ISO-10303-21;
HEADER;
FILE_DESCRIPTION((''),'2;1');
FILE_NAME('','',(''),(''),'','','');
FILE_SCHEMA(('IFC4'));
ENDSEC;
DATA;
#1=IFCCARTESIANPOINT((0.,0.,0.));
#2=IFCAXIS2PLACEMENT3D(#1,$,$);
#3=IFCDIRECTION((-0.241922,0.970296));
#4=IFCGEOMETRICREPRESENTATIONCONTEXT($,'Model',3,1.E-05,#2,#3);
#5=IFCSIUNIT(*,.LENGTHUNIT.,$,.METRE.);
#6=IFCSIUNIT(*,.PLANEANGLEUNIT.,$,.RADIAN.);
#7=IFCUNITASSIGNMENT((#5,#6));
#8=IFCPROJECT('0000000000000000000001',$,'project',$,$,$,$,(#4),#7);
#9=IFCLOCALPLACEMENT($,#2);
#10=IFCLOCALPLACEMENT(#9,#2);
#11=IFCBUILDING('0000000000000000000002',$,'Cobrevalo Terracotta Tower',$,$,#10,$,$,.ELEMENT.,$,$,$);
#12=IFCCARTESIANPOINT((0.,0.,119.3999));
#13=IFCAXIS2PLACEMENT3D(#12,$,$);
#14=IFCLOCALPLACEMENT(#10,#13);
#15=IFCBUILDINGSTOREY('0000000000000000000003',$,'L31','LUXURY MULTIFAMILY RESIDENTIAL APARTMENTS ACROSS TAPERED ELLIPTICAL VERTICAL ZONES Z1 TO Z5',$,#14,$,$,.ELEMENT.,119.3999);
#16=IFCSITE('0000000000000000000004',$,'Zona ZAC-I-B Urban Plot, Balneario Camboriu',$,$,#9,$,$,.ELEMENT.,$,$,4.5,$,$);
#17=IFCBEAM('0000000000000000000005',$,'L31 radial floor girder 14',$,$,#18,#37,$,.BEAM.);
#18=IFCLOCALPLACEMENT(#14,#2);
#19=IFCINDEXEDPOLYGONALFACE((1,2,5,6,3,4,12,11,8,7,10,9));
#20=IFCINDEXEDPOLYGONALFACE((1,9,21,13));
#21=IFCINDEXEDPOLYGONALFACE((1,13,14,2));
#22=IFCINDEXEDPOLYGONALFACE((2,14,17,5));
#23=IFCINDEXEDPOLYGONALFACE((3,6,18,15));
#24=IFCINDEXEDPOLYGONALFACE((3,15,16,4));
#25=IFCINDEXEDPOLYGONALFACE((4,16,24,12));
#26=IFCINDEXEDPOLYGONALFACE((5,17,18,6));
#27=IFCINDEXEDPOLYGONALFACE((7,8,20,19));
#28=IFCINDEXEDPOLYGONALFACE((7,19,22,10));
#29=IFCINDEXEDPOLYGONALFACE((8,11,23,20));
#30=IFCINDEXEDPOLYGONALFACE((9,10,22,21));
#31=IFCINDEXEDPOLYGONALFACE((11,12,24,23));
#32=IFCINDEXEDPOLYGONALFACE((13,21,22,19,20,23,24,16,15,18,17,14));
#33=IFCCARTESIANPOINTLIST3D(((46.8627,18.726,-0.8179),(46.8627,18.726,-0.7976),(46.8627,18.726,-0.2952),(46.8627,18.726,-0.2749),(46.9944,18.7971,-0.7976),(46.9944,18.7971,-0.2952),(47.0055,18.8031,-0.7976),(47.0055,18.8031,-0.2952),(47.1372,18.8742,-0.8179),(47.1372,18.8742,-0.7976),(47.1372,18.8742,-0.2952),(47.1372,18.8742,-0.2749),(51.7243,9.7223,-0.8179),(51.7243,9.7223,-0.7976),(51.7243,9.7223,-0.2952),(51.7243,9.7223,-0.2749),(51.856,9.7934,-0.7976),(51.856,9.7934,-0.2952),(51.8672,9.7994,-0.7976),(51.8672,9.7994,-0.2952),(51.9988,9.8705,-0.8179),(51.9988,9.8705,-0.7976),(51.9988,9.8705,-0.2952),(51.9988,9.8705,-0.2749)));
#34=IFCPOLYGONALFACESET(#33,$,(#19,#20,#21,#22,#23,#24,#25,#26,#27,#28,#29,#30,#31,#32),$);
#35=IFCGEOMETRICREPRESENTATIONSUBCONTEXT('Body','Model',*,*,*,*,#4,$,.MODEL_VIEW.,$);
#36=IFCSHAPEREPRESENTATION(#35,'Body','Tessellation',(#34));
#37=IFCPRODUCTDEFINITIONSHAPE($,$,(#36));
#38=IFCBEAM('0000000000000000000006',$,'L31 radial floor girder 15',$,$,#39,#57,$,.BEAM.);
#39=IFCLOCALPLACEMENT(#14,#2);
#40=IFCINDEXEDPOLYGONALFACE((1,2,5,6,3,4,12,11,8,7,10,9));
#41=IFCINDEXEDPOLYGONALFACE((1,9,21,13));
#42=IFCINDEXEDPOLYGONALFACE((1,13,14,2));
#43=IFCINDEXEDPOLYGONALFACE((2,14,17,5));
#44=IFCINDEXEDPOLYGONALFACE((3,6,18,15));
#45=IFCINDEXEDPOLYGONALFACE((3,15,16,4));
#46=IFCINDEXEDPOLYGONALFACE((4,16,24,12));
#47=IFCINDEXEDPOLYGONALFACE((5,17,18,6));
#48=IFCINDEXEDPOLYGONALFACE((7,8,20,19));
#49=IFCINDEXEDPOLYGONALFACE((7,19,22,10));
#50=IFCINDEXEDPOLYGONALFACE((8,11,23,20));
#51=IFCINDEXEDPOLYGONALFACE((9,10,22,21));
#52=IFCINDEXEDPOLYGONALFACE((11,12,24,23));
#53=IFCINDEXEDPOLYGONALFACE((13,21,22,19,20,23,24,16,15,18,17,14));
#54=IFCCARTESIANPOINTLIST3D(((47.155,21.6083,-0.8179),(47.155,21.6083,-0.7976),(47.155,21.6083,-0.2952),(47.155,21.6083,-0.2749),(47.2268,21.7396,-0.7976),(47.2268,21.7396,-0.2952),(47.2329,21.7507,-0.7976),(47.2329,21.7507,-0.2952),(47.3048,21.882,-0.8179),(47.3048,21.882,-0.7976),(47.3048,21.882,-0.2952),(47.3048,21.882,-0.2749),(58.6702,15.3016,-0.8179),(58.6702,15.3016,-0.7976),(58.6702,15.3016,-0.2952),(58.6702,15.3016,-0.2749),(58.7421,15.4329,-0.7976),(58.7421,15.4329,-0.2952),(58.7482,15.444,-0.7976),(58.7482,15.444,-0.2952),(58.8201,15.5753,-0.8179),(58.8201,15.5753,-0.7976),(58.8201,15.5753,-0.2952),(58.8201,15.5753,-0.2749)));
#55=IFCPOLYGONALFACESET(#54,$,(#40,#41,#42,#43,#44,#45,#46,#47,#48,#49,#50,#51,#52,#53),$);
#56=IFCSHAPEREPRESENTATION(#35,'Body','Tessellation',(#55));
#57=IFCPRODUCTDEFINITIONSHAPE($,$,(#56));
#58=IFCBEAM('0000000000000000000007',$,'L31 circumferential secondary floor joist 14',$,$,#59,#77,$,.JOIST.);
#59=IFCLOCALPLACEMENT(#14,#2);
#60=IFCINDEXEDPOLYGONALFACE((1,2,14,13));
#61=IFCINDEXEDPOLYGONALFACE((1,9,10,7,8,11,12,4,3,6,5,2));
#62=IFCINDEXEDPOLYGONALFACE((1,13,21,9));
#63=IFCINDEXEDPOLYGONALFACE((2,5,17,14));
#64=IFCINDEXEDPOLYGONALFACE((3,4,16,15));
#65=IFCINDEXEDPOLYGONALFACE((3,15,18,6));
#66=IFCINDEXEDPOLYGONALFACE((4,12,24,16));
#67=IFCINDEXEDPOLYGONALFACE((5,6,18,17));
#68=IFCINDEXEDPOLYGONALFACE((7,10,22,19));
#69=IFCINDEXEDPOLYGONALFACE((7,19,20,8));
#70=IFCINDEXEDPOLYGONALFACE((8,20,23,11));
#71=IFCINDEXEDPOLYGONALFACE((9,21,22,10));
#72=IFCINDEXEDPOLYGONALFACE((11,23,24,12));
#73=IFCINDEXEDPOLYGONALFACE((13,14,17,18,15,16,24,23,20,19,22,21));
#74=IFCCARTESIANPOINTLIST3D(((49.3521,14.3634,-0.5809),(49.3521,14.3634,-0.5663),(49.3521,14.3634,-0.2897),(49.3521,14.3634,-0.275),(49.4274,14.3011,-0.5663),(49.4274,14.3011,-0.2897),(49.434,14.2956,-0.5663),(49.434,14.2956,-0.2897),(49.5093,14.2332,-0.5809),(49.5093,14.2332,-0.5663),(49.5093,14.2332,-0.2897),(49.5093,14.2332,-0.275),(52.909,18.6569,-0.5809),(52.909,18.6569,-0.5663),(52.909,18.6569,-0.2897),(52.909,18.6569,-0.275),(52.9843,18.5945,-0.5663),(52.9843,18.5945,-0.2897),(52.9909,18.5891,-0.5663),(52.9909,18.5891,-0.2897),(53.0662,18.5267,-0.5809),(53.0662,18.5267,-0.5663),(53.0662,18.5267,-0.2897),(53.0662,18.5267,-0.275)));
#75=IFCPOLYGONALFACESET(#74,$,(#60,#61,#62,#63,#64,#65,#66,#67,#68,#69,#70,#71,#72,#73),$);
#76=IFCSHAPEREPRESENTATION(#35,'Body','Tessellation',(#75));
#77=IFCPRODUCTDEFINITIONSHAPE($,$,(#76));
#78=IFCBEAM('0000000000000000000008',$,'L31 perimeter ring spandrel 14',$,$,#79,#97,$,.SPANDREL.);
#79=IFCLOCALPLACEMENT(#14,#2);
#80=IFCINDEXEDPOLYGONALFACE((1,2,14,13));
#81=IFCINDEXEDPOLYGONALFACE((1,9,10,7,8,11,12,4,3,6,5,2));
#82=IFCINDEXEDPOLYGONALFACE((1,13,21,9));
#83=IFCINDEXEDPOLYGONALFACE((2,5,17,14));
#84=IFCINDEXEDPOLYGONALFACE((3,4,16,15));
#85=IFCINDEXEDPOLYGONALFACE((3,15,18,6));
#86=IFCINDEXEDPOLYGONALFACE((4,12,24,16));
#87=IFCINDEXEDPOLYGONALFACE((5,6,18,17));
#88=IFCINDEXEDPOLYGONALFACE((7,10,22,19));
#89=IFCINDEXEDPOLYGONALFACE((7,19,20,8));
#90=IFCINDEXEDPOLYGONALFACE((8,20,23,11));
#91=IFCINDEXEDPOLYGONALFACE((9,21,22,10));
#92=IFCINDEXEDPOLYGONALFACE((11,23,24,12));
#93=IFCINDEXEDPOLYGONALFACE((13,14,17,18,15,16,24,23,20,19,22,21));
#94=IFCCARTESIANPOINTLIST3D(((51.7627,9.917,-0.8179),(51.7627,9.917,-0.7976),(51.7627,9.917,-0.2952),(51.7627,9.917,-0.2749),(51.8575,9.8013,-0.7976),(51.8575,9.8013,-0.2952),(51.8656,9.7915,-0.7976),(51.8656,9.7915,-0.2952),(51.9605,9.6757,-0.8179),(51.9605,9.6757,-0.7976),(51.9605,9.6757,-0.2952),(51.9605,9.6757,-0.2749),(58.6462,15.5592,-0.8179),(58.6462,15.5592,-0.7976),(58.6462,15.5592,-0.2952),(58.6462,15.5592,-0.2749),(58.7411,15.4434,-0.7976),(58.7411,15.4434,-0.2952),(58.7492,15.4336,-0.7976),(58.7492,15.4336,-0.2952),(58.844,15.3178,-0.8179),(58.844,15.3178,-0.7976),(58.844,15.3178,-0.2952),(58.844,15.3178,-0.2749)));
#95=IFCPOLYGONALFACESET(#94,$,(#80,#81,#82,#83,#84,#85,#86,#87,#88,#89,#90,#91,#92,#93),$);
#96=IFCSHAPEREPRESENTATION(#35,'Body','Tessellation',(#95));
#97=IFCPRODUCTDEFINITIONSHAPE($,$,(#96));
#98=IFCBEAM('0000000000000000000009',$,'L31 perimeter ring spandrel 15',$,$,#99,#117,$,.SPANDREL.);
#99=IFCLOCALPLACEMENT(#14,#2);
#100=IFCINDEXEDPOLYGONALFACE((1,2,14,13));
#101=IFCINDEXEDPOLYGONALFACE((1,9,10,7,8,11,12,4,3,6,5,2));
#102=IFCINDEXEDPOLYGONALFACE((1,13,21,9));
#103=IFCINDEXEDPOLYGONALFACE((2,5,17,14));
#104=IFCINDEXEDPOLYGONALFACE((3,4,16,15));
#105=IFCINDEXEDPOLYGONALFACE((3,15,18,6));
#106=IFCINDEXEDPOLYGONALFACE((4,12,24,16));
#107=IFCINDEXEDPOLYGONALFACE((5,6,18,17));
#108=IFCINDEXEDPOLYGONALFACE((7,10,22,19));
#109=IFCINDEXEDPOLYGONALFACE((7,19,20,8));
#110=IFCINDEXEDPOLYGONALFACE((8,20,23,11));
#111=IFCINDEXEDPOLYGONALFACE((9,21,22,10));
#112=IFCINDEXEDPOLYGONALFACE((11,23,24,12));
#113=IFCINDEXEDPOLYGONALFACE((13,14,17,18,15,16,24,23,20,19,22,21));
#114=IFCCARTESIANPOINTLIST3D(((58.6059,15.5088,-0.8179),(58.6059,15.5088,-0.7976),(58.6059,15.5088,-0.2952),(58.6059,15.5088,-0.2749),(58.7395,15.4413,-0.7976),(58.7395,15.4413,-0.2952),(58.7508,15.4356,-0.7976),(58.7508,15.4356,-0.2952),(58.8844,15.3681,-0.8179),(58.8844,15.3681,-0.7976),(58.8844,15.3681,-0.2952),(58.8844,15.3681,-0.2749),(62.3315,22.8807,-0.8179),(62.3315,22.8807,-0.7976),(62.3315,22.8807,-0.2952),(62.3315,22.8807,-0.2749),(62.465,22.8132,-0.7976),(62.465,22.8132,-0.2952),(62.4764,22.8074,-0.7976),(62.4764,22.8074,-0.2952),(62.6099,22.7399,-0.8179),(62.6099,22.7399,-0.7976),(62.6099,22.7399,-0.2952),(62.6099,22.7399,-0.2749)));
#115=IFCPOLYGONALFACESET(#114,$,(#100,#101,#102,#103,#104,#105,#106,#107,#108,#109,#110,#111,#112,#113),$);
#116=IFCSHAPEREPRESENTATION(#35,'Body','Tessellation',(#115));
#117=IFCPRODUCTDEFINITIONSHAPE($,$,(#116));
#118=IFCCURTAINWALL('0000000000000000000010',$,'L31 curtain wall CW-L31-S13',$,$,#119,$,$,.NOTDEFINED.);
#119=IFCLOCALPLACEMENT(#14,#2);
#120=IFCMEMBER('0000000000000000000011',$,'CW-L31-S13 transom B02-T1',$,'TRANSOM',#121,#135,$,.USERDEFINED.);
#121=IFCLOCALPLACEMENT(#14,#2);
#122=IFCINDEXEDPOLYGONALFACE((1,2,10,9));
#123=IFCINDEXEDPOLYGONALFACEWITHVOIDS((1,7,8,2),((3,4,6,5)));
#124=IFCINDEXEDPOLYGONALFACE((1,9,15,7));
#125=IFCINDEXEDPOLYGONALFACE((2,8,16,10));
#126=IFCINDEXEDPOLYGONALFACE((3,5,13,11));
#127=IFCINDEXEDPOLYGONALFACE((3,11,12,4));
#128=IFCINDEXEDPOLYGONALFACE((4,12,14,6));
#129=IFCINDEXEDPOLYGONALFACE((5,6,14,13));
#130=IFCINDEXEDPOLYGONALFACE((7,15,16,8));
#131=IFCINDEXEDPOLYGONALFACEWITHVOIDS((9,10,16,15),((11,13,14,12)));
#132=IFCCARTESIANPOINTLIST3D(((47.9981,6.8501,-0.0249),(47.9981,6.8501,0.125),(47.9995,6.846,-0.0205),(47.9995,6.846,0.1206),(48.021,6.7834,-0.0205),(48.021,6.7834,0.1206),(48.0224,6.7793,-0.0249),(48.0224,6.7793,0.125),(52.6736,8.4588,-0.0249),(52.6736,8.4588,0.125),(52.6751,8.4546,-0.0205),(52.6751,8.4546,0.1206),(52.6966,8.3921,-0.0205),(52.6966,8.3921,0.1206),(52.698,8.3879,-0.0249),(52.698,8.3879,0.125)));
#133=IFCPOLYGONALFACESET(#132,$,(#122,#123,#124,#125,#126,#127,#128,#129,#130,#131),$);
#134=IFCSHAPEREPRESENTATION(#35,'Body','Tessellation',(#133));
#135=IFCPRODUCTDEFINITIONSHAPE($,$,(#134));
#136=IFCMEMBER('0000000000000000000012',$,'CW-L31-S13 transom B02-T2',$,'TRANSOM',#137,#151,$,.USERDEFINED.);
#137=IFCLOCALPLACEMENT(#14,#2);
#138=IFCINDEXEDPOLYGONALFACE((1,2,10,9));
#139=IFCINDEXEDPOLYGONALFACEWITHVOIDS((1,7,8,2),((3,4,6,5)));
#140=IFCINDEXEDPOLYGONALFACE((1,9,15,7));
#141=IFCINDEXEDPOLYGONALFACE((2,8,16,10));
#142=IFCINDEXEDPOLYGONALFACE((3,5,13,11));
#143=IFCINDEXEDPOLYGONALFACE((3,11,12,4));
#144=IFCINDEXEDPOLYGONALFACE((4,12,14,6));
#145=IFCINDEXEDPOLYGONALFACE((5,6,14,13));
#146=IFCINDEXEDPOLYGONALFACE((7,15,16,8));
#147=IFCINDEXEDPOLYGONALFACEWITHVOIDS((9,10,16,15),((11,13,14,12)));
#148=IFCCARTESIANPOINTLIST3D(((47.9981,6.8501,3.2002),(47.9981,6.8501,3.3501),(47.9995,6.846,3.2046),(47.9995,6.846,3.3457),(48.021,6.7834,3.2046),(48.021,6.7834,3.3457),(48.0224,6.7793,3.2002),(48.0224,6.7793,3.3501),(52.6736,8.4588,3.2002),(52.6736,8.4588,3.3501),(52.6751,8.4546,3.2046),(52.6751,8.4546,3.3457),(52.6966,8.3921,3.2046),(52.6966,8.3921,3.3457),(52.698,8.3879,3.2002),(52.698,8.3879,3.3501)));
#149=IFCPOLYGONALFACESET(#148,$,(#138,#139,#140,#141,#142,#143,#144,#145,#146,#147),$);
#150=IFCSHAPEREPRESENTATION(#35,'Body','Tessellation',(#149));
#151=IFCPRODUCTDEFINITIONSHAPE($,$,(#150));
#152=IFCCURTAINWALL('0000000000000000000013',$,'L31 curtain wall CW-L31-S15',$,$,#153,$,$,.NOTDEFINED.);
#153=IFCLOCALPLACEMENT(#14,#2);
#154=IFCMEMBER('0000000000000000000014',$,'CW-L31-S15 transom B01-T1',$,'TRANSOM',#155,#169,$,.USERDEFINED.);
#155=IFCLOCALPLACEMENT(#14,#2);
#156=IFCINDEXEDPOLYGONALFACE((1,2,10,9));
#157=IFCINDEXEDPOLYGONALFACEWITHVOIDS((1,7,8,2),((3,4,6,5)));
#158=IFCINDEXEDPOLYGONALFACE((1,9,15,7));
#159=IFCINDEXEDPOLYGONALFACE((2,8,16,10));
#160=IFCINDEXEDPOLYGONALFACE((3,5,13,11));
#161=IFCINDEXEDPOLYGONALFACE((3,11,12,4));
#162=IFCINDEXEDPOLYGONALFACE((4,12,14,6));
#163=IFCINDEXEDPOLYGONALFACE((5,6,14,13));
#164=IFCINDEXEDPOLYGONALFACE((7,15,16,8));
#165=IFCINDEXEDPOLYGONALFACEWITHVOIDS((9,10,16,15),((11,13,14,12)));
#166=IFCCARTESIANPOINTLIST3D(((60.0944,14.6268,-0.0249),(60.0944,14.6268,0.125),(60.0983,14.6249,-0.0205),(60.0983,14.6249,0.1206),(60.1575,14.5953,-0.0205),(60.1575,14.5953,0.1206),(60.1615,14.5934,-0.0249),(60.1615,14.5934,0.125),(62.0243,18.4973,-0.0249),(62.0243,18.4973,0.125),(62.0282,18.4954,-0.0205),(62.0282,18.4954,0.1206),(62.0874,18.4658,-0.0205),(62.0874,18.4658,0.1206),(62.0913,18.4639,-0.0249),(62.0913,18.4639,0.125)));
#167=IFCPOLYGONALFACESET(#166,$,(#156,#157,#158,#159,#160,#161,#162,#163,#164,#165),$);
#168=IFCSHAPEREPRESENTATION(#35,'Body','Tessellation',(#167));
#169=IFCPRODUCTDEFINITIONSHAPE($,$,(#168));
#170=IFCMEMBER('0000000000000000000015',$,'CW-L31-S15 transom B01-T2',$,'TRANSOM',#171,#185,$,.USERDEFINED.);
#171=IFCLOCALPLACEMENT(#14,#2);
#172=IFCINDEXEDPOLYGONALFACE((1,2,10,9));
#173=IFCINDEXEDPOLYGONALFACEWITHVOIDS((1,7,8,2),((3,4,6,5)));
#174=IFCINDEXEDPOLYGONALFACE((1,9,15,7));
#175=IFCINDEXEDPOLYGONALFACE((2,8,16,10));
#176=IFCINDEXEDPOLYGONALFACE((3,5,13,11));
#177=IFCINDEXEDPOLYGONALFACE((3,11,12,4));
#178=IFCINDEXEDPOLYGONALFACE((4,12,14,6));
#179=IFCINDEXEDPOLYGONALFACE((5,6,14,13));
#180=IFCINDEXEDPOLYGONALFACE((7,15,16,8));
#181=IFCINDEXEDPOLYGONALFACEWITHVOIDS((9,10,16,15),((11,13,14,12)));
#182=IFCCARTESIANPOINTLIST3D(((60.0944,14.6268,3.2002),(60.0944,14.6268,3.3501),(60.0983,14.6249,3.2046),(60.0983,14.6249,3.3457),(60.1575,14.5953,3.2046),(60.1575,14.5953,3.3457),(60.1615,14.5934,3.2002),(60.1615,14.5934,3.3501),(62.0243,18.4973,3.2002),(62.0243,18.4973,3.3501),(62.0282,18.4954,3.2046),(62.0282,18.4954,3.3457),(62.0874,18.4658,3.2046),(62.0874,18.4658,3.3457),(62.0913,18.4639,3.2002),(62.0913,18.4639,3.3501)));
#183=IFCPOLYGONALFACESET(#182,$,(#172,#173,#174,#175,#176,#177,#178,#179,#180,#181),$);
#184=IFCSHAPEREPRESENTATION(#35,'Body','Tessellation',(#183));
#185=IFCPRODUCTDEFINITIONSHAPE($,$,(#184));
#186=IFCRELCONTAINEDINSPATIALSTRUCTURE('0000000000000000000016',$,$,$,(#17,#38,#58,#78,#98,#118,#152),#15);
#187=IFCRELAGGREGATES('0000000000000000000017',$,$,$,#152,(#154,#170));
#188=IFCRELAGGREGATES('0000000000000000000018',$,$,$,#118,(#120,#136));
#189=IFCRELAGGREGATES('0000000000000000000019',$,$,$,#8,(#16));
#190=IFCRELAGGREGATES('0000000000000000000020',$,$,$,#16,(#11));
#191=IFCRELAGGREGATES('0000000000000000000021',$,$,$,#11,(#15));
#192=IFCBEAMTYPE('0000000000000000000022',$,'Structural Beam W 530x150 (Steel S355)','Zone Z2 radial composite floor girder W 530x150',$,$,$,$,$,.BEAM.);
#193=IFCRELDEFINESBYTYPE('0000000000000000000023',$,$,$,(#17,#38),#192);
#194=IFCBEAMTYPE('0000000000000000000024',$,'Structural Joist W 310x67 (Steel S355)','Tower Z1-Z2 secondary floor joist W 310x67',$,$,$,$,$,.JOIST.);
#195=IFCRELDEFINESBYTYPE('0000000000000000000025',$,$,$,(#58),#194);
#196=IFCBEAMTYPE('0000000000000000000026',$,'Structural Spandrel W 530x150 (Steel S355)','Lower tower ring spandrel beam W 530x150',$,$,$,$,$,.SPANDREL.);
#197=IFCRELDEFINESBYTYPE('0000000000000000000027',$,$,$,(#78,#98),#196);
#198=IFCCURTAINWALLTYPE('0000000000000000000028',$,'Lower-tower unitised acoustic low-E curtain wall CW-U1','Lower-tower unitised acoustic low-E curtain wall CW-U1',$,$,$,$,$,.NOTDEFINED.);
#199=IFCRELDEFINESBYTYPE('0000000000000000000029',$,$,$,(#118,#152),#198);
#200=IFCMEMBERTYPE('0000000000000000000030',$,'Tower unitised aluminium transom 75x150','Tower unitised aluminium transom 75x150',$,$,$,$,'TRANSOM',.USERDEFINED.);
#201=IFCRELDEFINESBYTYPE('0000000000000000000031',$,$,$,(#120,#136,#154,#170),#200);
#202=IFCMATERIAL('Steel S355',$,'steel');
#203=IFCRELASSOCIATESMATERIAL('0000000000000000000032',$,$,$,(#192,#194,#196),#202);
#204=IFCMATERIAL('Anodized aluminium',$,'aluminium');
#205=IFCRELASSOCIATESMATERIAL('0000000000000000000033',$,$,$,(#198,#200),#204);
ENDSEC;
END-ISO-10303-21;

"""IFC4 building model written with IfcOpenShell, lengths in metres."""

from ifc_helpers import new_model, si_unit, direction, frame, origin, origin_2d, place, context, subcontext, project, spatial, hollow_rectangle, i_section, extrude, source, transform, mapped, material, material_profile, profile_set, type_object, element, aggregate, save


model = new_model("IFC4")

# Units and contexts
model_context = context("Model", 3, precision=1e-05, world=origin(), true_north=direction((-0.241922, 0.970296)))
body_context = subcontext(model_context, "Body", "Model", "MODEL_VIEW")
ifc_project = project(units=[si_unit("LENGTHUNIT", "METRE"), si_unit("PLANEANGLEUNIT", "RADIAN")], contexts=[model_context])

# Site, building, storey
site_placement = place(None, origin())
site = spatial("IfcSite", under=ifc_project, at=site_placement, Name="Zona ZAC-I-B Urban Plot, Balneario Camboriu", CompositionType="ELEMENT", RefElevation=4.5)
building_placement = place(site_placement, origin())
building = spatial("IfcBuilding", under=site, at=building_placement, Name="Cobrevalo Terracotta Tower", CompositionType="ELEMENT")
storey_placement = place(building_placement, frame((0.0, 0.0, 119.3999)))
storey = spatial("IfcBuildingStorey", under=building, at=storey_placement, Name="L31", Description="LUXURY MULTIFAMILY RESIDENTIAL APARTMENTS ACROSS TAPERED ELLIPTICAL VERTICAL ZONES Z1 TO Z5", CompositionType="ELEMENT", Elevation=119.3999)

# Shared definitions
ifc_material_1 = material(Name="Steel S355", Category="steel")

# Beams
ifc_material_profile_1 = material_profile(ifc_material_1, i_section(OverallWidth=0.312, OverallDepth=0.543, WebThickness=0.0127, FlangeThickness=0.0203, at=origin_2d()), Name="W 530x150")
ifc_profile_set_1 = profile_set([ifc_material_profile_1], Name="Steel S355")
beam_type_1 = type_object("IfcBeamType", Name="Structural Beam W 530x150 (Steel S355)", Description="Zone Z2 radial composite floor girder W 530x150", PredefinedType="BEAM", material=ifc_profile_set_1)
beam_1_placement = place(storey_placement, frame((51.8616, 9.7964, -0.5464), z_axis=(-0.475118, 0.879922, 0.0), x_axis=(-0.879922, -0.475118, 0.0)))
element("IfcBeam", 1, at=beam_1_placement, inside=storey, type_object=beam_type_1, Name="L31 radial floor girder 14", PredefinedType="BEAM", context=body_context, shape_type="SweptSolid", body=[
    extrude(i_section(OverallWidth=0.312, OverallDepth=0.543, WebThickness=0.0127, FlangeThickness=0.0203, at=origin_2d()), origin(), (0.0, 0.0, 1.0), 10.2324),
])
beam_2_placement = place(storey_placement, frame((58.7451, 15.4385, -0.5464), z_axis=(-0.877073, 0.480358, 0.0), x_axis=(-0.480358, -0.877073, 0.0)))
element("IfcBeam", 2, at=beam_2_placement, inside=storey, type_object=beam_type_1, Name="L31 radial floor girder 15", PredefinedType="BEAM", context=body_context, shape_type="SweptSolid", body=[
    extrude(i_section(OverallWidth=0.312, OverallDepth=0.543, WebThickness=0.0127, FlangeThickness=0.0203, at=origin_2d()), origin(), (0.0, 0.0, 1.0), 13.1292),
])
ifc_material_profile_2 = material_profile(ifc_material_1, i_section(OverallWidth=0.2041, OverallDepth=0.3059, WebThickness=0.0085, FlangeThickness=0.0146, at=origin_2d()), Name="W 310x67")
ifc_profile_set_2 = profile_set([ifc_material_profile_2], Name="Steel S355")
beam_type_2 = type_object("IfcBeamType", Name="Structural Joist W 310x67 (Steel S355)", Description="Tower Z1-Z2 secondary floor joist W 310x67", PredefinedType="JOIST", material=ifc_profile_set_2)
beam_3_placement = place(storey_placement, frame((49.4307, 14.2983, -0.428), z_axis=(0.637959, 0.77007, 0.0), x_axis=(-0.77007, 0.637959, 0.0)))
element("IfcBeam", 3, at=beam_3_placement, inside=storey, type_object=beam_type_2, Name="L31 circumferential secondary floor joist 14", PredefinedType="JOIST", context=body_context, shape_type="SweptSolid", body=[
    extrude(i_section(OverallWidth=0.2041, OverallDepth=0.3059, WebThickness=0.0085, FlangeThickness=0.0146, at=origin_2d()), origin(), (0.0, 0.0, 1.0), 5.5754),
])
ifc_material_profile_3 = material_profile(ifc_material_1, i_section(OverallWidth=0.312, OverallDepth=0.543, WebThickness=0.0127, FlangeThickness=0.0203, at=origin_2d()), Name="W 530x150")
ifc_profile_set_3 = profile_set([ifc_material_profile_3], Name="Steel S355")
beam_type_3 = type_object("IfcBeamType", Name="Structural Spandrel W 530x150 (Steel S355)", Description="Lower tower ring spandrel beam W 530x150", PredefinedType="SPANDREL", material=ifc_profile_set_3)
beam_4_placement = place(storey_placement, frame((51.8616, 9.7964, -0.5464), z_axis=(0.773401, 0.633917, 0.0), x_axis=(-0.633917, 0.773401, 0.0)))
element("IfcBeam", 4, at=beam_4_placement, inside=storey, type_object=beam_type_3, Name="L31 perimeter ring spandrel 14", PredefinedType="SPANDREL", context=body_context, shape_type="SweptSolid", body=[
    extrude(i_section(OverallWidth=0.312, OverallDepth=0.543, WebThickness=0.0127, FlangeThickness=0.0203, at=origin_2d()), origin(), (0.0, 0.0, 1.0), 8.9004),
])
beam_5_placement = place(storey_placement, frame((58.7451, 15.4385, -0.5464), z_axis=(0.451052, 0.892498, 0.0), x_axis=(-0.892498, 0.451052, 0.0)))
element("IfcBeam", 5, at=beam_5_placement, inside=storey, type_object=beam_type_3, Name="L31 perimeter ring spandrel 15", PredefinedType="SPANDREL", context=body_context, shape_type="SweptSolid", body=[
    extrude(i_section(OverallWidth=0.312, OverallDepth=0.543, WebThickness=0.0127, FlangeThickness=0.0203, at=origin_2d()), origin(), (0.0, 0.0, 1.0), 8.2598),
])

# Curtain walls, members
ifc_material_2 = material(Name="Anodized aluminium", Category="aluminium")
curtain_wall_type = type_object("IfcCurtainWallType", Name="Lower-tower unitised acoustic low-E curtain wall CW-U1", Description="Lower-tower unitised acoustic low-E curtain wall CW-U1", PredefinedType="NOTDEFINED", material=ifc_material_2)
curtain_wall_1_placement = place(storey_placement, origin())
curtain_wall_1 = element("IfcCurtainWall", 6, at=curtain_wall_1_placement, inside=storey, type_object=curtain_wall_type, Name="L31 curtain wall CW-L31-S13", PredefinedType="NOTDEFINED")
ifc_material_profile_4 = material_profile(ifc_material_2, hollow_rectangle(XDim=0.075, YDim=0.1499, WallThickness=0.0044, at=origin_2d()), Name="CWT 75x150")
ifc_profile_set_4 = profile_set([ifc_material_profile_4], Name="Anodized aluminium")
member_type_1 = type_object("IfcMemberType", Name="Tower unitised aluminium transom 75x150", Description="Tower unitised aluminium transom 75x150", ElementType="TRANSOM", PredefinedType="USERDEFINED", material=ifc_profile_set_4)
shared_shape_1 = source(origin(), body_context, "Body", "SweptSolid", [
    extrude(hollow_rectangle(XDim=0.075, YDim=0.1499, WallThickness=0.0044, at=origin_2d()), origin(), (0.0, 0.0, 1.0), 4.9446),
])
member_1_placement = place(storey_placement, frame((48.0103, 6.8147, 0.05), z_axis=(0.945598, 0.325338, 0.0), x_axis=(-0.325338, 0.945598, 0.0)))
member_1 = element("IfcMember", 7, at=member_1_placement, type_object=member_type_1, Name="CW-L31-S13 transom B02-T1", ObjectType="TRANSOM", PredefinedType="USERDEFINED", context=body_context, shape_type="MappedRepresentation", body=[
    mapped(shared_shape_1, transform((0.0, 0.0, 0.0), scale=1.0)),
])
member_2_placement = place(storey_placement, frame((48.0103, 6.8147, 3.2751), z_axis=(0.945598, 0.325338, 0.0), x_axis=(-0.325338, 0.945598, 0.0)))
member_2 = element("IfcMember", 8, at=member_2_placement, type_object=member_type_1, Name="CW-L31-S13 transom B02-T2", ObjectType="TRANSOM", PredefinedType="USERDEFINED", context=body_context, shape_type="MappedRepresentation", body=[
    mapped(shared_shape_1, transform((0.0, 0.0, 0.0), scale=1.0)),
])
curtain_wall_2_placement = place(storey_placement, origin())
curtain_wall_2 = element("IfcCurtainWall", 9, at=curtain_wall_2_placement, inside=storey, type_object=curtain_wall_type, Name="L31 curtain wall CW-L31-S15", PredefinedType="NOTDEFINED")
shared_shape_2 = source(origin(), body_context, "Body", "SweptSolid", [
    extrude(hollow_rectangle(XDim=0.075, YDim=0.1499, WallThickness=0.0044, at=origin_2d()), origin(), (0.0, 0.0, 1.0), 4.325),
])
member_3_placement = place(storey_placement, frame((60.1279, 14.6101, 0.05), z_axis=(0.44622, 0.894923, 0.0), x_axis=(-0.894923, 0.44622, 0.0)))
member_3 = element("IfcMember", 10, at=member_3_placement, type_object=member_type_1, Name="CW-L31-S15 transom B01-T1", ObjectType="TRANSOM", PredefinedType="USERDEFINED", context=body_context, shape_type="MappedRepresentation", body=[
    mapped(shared_shape_2, transform((0.0, 0.0, 0.0), scale=1.0)),
])
member_4_placement = place(storey_placement, frame((60.1279, 14.6101, 3.2751), z_axis=(0.44622, 0.894923, 0.0), x_axis=(-0.894923, 0.44622, 0.0)))
member_4 = element("IfcMember", 11, at=member_4_placement, type_object=member_type_1, Name="CW-L31-S15 transom B01-T2", ObjectType="TRANSOM", PredefinedType="USERDEFINED", context=body_context, shape_type="MappedRepresentation", body=[
    mapped(shared_shape_2, transform((0.0, 0.0, 0.0), scale=1.0)),
])

aggregate(curtain_wall_2, [member_3, member_4])

aggregate(curtain_wall_1, [member_1, member_2])

save(model, "model.ifc")
